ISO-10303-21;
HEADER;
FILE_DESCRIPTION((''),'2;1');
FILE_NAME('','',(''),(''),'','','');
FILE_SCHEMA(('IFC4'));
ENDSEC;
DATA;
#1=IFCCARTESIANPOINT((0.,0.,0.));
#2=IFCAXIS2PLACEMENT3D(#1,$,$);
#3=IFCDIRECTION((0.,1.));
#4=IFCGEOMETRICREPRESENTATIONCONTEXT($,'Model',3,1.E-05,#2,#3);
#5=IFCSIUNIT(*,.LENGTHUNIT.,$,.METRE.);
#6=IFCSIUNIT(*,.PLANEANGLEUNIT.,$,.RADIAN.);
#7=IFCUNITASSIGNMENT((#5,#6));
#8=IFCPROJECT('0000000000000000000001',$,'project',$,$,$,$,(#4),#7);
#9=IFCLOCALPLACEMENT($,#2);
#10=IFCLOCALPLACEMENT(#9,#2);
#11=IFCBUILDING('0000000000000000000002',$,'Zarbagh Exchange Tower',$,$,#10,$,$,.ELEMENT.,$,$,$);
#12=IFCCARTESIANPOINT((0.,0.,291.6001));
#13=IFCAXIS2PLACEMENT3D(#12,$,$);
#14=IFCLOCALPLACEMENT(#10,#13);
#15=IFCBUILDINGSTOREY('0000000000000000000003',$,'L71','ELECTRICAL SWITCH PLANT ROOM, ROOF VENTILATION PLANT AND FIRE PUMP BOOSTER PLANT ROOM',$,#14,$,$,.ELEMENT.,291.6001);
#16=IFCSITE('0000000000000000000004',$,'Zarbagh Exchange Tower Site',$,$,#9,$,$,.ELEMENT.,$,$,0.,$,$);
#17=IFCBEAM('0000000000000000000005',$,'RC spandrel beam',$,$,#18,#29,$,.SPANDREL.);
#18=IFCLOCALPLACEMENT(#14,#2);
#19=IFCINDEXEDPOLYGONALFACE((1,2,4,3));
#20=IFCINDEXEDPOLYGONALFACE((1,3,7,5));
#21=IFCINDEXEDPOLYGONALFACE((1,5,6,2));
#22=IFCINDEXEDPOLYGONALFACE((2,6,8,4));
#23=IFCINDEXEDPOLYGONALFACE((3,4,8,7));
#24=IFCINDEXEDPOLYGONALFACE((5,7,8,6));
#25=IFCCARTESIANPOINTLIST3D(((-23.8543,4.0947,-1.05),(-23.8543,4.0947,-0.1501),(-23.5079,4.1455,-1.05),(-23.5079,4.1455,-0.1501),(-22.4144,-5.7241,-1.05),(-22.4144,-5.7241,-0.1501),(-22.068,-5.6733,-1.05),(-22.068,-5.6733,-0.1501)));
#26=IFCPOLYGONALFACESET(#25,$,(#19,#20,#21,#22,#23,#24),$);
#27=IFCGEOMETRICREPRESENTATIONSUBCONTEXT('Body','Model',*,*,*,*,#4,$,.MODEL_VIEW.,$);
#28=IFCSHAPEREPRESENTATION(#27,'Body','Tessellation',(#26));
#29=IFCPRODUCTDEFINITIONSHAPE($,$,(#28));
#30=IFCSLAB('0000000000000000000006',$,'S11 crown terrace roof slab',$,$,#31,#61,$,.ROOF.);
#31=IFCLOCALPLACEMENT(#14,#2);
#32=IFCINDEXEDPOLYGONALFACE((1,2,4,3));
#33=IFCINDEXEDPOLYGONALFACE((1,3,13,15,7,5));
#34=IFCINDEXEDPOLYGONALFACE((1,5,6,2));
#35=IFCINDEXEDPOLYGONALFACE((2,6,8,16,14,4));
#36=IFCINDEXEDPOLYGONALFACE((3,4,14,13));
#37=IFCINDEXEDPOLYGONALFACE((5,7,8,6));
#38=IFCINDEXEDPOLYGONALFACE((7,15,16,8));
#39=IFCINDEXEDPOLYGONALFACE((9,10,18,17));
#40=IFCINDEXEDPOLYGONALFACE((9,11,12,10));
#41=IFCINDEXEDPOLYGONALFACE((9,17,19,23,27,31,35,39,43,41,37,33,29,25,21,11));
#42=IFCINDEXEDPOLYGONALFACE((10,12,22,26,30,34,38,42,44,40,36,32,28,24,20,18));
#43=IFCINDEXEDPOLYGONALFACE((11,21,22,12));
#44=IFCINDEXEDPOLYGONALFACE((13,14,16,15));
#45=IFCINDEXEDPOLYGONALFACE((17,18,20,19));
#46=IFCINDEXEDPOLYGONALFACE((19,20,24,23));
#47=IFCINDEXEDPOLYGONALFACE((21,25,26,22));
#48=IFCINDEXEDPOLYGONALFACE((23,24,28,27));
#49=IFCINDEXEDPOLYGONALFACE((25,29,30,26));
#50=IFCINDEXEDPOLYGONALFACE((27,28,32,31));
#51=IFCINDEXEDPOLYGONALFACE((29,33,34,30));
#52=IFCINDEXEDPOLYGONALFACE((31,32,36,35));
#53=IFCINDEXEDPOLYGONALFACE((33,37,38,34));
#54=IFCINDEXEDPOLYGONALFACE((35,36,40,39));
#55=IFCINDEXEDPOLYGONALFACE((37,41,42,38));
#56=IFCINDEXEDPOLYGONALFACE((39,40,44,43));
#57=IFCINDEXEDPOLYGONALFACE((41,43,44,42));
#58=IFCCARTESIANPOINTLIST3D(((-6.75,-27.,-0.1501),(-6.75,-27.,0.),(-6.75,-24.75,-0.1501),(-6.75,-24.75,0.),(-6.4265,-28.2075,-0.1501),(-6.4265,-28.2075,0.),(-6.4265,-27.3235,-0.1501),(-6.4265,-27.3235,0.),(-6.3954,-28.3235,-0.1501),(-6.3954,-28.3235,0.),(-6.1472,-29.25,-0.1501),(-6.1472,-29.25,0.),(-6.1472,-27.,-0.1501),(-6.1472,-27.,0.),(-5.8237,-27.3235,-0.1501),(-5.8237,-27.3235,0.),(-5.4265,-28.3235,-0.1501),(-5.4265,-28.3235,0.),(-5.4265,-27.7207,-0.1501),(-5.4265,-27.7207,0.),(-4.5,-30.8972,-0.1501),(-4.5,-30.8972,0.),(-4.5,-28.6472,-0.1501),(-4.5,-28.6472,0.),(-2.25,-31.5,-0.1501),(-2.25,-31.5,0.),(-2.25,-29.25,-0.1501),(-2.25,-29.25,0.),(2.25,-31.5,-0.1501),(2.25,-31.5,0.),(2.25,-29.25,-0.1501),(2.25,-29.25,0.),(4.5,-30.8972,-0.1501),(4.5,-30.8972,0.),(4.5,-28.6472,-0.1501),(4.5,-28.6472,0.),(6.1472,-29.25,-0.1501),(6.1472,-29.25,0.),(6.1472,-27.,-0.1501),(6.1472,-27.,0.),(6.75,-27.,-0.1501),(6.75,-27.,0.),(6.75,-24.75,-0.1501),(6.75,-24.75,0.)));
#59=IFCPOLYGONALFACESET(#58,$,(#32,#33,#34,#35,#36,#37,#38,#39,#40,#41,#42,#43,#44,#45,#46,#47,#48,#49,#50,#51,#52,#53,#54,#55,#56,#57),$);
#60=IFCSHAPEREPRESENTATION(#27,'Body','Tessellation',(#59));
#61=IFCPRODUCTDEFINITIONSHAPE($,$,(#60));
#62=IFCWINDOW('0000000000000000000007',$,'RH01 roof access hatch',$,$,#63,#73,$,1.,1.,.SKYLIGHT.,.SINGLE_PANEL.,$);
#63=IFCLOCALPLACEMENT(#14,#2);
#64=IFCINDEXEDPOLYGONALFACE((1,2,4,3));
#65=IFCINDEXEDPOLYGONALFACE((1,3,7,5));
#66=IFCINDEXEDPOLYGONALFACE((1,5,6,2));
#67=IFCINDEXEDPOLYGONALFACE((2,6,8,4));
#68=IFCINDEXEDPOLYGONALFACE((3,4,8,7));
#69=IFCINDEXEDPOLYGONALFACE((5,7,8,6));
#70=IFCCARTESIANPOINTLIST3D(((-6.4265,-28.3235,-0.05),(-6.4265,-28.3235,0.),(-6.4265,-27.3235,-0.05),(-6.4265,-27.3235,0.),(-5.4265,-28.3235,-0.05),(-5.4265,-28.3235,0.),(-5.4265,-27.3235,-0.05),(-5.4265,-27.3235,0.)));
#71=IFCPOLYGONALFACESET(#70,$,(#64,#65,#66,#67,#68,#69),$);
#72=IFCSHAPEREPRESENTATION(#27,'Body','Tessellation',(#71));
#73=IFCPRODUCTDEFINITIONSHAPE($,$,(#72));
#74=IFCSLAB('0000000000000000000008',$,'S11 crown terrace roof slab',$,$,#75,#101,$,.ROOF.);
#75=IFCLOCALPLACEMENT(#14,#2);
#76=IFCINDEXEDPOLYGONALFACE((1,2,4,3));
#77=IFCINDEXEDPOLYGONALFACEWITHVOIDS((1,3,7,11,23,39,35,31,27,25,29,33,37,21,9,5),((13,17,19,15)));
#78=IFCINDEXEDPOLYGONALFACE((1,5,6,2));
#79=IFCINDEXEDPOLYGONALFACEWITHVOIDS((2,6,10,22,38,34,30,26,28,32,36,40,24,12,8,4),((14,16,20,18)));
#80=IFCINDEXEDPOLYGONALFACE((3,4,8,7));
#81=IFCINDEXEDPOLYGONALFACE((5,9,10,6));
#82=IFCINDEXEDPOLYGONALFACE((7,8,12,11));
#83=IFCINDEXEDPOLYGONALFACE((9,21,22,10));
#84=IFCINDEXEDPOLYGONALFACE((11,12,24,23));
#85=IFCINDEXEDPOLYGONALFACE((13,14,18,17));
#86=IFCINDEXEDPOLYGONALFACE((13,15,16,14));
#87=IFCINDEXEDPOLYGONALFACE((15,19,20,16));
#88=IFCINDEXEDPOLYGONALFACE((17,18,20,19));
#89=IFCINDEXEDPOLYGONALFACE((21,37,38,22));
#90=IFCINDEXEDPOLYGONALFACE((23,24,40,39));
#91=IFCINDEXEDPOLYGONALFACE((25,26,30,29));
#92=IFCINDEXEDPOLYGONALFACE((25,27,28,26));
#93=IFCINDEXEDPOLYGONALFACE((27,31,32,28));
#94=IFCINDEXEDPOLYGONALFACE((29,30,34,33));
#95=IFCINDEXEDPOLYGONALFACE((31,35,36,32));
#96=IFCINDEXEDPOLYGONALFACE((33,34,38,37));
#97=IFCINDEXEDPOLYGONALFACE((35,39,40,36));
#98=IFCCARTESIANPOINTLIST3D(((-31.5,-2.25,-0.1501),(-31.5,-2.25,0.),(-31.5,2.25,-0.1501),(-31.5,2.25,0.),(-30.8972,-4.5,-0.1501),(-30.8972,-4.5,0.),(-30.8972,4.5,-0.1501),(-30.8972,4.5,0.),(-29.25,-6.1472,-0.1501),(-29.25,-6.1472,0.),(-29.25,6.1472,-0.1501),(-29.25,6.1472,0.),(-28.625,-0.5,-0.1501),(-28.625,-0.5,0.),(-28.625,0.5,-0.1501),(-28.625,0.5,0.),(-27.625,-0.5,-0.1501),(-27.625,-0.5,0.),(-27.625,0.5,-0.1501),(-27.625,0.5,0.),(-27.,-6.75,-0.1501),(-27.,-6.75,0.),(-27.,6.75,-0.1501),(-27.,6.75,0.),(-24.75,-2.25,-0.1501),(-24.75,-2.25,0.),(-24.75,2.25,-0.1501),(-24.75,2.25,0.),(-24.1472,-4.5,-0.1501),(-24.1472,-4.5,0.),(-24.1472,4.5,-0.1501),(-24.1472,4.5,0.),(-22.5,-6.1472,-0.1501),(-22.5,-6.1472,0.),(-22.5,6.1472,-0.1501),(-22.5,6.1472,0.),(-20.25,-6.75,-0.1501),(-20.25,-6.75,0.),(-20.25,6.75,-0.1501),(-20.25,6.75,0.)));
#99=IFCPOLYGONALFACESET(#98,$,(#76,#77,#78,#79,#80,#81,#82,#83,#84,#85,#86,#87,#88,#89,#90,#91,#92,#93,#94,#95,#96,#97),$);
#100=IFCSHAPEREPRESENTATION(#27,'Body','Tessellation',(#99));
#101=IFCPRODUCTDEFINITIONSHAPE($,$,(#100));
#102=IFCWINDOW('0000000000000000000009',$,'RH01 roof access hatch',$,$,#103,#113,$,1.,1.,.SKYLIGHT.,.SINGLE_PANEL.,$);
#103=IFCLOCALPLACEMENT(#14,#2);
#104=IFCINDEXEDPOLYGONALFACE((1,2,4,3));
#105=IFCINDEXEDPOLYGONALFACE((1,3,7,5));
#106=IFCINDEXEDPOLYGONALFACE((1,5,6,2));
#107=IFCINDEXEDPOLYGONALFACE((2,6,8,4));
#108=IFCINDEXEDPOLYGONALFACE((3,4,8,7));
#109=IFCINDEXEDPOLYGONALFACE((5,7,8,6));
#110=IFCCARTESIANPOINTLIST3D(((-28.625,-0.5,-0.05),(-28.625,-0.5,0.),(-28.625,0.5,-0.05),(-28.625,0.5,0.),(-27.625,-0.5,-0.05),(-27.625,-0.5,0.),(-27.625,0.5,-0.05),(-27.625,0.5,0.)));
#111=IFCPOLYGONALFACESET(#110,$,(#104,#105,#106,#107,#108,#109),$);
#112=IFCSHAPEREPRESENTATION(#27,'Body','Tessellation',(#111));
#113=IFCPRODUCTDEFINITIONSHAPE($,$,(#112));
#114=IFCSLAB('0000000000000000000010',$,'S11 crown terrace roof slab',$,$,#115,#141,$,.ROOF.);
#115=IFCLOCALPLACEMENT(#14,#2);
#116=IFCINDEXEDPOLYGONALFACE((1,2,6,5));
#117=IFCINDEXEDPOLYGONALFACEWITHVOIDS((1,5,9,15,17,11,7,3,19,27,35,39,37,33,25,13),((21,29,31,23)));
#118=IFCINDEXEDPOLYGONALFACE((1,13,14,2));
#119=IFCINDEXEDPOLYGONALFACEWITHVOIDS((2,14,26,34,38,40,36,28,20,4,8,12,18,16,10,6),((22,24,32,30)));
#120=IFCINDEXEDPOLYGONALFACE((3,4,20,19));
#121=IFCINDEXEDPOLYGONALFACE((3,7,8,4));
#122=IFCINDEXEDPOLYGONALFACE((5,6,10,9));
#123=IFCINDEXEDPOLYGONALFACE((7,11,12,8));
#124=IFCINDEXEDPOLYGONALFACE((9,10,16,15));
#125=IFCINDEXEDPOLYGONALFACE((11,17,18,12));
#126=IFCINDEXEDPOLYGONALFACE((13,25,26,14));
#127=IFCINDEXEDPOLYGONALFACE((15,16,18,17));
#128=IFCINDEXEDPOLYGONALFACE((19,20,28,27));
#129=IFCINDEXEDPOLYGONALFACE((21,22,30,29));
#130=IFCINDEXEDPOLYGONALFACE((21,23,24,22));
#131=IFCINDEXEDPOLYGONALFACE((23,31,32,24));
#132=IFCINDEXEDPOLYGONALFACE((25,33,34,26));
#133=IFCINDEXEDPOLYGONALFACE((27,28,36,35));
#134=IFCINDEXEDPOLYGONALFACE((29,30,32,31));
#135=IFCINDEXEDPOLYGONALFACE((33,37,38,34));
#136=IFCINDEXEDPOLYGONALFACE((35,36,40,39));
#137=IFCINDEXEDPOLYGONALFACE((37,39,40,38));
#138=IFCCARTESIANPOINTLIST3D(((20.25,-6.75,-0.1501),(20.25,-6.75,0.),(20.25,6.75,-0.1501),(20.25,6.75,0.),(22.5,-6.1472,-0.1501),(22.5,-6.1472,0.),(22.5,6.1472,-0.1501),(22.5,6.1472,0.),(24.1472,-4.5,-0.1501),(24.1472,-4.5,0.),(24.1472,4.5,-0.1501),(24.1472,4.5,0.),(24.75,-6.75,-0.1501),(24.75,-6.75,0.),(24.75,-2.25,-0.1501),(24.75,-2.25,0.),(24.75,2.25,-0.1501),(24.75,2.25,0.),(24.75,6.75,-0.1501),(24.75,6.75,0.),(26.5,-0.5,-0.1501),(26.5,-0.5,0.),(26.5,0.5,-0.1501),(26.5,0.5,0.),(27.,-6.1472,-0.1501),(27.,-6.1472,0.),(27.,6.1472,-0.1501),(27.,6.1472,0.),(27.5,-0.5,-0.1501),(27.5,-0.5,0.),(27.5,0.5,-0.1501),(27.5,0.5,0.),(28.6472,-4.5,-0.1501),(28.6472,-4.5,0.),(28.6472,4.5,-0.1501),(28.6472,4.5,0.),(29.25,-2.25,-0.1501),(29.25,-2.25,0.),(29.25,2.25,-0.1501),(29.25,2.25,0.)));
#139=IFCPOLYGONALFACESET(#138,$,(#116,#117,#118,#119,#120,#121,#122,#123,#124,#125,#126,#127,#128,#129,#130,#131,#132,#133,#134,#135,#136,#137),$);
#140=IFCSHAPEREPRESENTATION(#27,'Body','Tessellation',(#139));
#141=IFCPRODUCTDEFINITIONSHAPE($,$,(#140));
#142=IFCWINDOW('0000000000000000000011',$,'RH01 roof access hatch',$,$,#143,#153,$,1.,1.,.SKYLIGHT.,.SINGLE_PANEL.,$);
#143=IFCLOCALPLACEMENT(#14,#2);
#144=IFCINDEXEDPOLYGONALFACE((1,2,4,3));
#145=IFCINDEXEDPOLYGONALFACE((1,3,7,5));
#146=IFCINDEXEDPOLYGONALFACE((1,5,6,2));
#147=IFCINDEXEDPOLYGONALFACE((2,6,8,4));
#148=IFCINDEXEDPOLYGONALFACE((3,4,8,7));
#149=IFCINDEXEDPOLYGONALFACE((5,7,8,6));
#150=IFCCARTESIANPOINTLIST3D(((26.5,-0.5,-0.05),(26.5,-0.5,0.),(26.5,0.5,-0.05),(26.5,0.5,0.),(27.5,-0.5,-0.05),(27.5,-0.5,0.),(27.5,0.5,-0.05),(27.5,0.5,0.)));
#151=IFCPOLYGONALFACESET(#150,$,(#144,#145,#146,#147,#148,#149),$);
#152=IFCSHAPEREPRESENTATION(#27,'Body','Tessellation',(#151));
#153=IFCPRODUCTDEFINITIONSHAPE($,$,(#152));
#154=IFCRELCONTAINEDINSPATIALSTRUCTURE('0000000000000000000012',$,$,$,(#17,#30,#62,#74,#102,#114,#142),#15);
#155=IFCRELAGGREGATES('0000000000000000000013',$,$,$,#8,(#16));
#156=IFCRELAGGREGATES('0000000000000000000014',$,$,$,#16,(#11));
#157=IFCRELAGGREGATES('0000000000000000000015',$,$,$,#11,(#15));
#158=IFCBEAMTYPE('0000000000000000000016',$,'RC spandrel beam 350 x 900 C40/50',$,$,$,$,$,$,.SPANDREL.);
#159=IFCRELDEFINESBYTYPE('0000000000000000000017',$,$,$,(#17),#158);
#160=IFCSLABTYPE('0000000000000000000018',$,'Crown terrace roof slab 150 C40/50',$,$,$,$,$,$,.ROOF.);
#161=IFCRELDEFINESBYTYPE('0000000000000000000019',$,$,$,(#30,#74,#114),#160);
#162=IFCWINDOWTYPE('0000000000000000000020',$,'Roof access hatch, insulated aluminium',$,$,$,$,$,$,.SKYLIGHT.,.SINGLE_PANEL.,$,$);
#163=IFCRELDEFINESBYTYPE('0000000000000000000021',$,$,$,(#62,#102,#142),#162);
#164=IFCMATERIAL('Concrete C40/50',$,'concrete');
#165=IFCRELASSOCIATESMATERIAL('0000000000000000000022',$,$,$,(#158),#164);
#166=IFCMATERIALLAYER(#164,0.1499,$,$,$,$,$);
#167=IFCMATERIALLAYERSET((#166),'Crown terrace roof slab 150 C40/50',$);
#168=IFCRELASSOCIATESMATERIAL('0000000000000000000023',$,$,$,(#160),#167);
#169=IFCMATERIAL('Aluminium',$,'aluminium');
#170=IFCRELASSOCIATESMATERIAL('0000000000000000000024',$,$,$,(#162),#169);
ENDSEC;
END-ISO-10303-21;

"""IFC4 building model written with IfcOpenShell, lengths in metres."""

from ifc_helpers import new_model, si_unit, direction, frame, origin, origin_2d, place, context, subcontext, project, spatial, polyline, rectangle, outline, extrude, material, layer, layer_set, material_profile, profile_set, type_object, element, fill, save


model = new_model("IFC4")

# Units and contexts
model_context = context("Model", 3, precision=1e-05, world=origin(), true_north=direction((0.0, 1.0)))
body_context = subcontext(model_context, "Body", "Model", "MODEL_VIEW")
ifc_project = project(units=[si_unit("LENGTHUNIT", "METRE"), si_unit("PLANEANGLEUNIT", "RADIAN")], contexts=[model_context])

# Site, building, storey
site_placement = place(None, origin())
site = spatial("IfcSite", under=ifc_project, at=site_placement, Name="Zarbagh Exchange Tower Site", CompositionType="ELEMENT", RefElevation=0.0)
building_placement = place(site_placement, origin())
building = spatial("IfcBuilding", under=site, at=building_placement, Name="Zarbagh Exchange Tower", CompositionType="ELEMENT")
storey_placement = place(building_placement, frame((0.0, 0.0, 291.6001)))
storey = spatial("IfcBuildingStorey", under=building, at=storey_placement, Name="L71", Description="ELECTRICAL SWITCH PLANT ROOM, ROOF VENTILATION PLANT AND FIRE PUMP BOOSTER PLANT ROOM", CompositionType="ELEMENT", Elevation=291.6001)

# Beam
ifc_material_1 = material(Name="Concrete C40/50", Category="concrete")
ifc_material_profile = material_profile(ifc_material_1, rectangle(XDim=0.3501, YDim=0.8999, at=origin_2d()), Name="RC spandrel beam 350 x 900 C40/50")
ifc_profile_set = profile_set([ifc_material_profile], Name="Concrete C40/50")
beam_type = type_object("IfcBeamType", Name="RC spandrel beam 350 x 900 C40/50", PredefinedType="SPANDREL", material=ifc_profile_set)
beam_placement = place(storey_placement, frame((-22.2412, -5.6987, -0.6001), z_axis=(-0.145099, 0.989417, 0.0), x_axis=(-0.989417, -0.145099, 0.0)))
element("IfcBeam", 1, at=beam_placement, inside=storey, type_object=beam_type, Name="RC spandrel beam", PredefinedType="SPANDREL", context=body_context, shape_type="SweptSolid", body=[
    extrude(rectangle(XDim=0.3501, YDim=0.8999, at=origin_2d()), origin(), (0.0, 0.0, 1.0), 9.9238),
])

# Slabs, openings, windows
ifc_layer_1 = layer(ifc_material_1, 0.1499)
ifc_layer_set_1 = layer_set([ifc_layer_1], Name="Crown terrace roof slab 150 C40/50")
slab_type_1 = type_object("IfcSlabType", Name="Crown terrace roof slab 150 C40/50", PredefinedType="ROOF", material=ifc_layer_set_1)
slab_1_placement = place(storey_placement, frame((0.0, 0.0, -0.1501)))
slab_1 = element("IfcSlab", 2, at=slab_1_placement, inside=storey, type_object=slab_type_1, Name="S11 crown terrace roof slab", PredefinedType="ROOF", context=body_context, shape_type="SweptSolid", body=[
    extrude(outline(polyline([(-2.25, -31.5), (-4.5, -30.8972), (-6.1472, -29.25), (-6.75, -27.0), (-6.75, -24.75), (-6.1472, -27.0), (-4.5, -28.6472), (-2.25, -29.25), (2.25, -29.25), (4.5, -28.6472), (6.1472, -27.0), (6.75, -24.75), (6.75, -27.0), (6.1472, -29.25), (4.5, -30.8972), (2.25, -31.5), (-2.25, -31.5)])), origin(), (0.0, 0.0, 1.0), 0.1501),
])
opening_1_placement = place(slab_1_placement, frame((-5.9265, -27.8235, 0.0)))
opening_1 = element("IfcOpeningElement", 3, at=opening_1_placement, cuts=slab_1, PredefinedType="OPENING", context=body_context, shape_type="SweptSolid", body=[
    extrude(rectangle(XDim=1.0, YDim=1.0, at=origin_2d()), frame((0.0, 0.0, -0.01)), (0.0, 0.0, 1.0), 0.1702),
])
ifc_material_2 = material(Name="Aluminium", Category="aluminium")
window_type = type_object("IfcWindowType", Name="Roof access hatch, insulated aluminium", PartitioningType="SINGLE_PANEL", PredefinedType="SKYLIGHT", material=ifc_material_2)
window_1_placement = place(opening_1_placement, frame((0.0, 0.0, 0.1001)))
window_1 = element("IfcWindow", 4, at=window_1_placement, inside=storey, type_object=window_type, Name="RH01 roof access hatch", OverallHeight=1.0, OverallWidth=1.0, PartitioningType="SINGLE_PANEL", PredefinedType="SKYLIGHT", context=body_context, shape_type="SweptSolid", body=[
    extrude(rectangle(XDim=1.0, YDim=1.0, at=origin_2d()), origin(), (0.0, 0.0, 1.0), 0.05),
])
fill(opening_1, window_1)
slab_2_placement = place(storey_placement, frame((0.0, 0.0, -0.1501)))
slab_2 = element("IfcSlab", 5, at=slab_2_placement, inside=storey, type_object=slab_type_1, Name="S11 crown terrace roof slab", PredefinedType="ROOF", context=body_context, shape_type="SweptSolid", body=[
    extrude(outline(polyline([(-27.0, -6.75), (-29.25, -6.1472), (-30.8972, -4.5), (-31.5, -2.25), (-31.5, 2.25), (-30.8972, 4.5), (-29.25, 6.1472), (-27.0, 6.75), (-20.25, 6.75), (-22.5, 6.1472), (-24.1472, 4.5), (-24.75, 2.25), (-24.75, -2.25), (-24.1472, -4.5), (-22.5, -6.1472), (-20.25, -6.75), (-27.0, -6.75)])), origin(), (0.0, 0.0, 1.0), 0.1501),
])
opening_2_placement = place(slab_2_placement, frame((-28.125, 0.0, 0.0)))
opening_2 = element("IfcOpeningElement", 6, at=opening_2_placement, cuts=slab_2, PredefinedType="OPENING", context=body_context, shape_type="SweptSolid", body=[
    extrude(rectangle(XDim=1.0, YDim=1.0, at=origin_2d()), frame((0.0, 0.0, -0.01)), (0.0, 0.0, 1.0), 0.1702),
])
window_2_placement = place(opening_2_placement, frame((0.0, 0.0, 0.1001)))
window_2 = element("IfcWindow", 7, at=window_2_placement, inside=storey, type_object=window_type, Name="RH01 roof access hatch", OverallHeight=1.0, OverallWidth=1.0, PartitioningType="SINGLE_PANEL", PredefinedType="SKYLIGHT", context=body_context, shape_type="SweptSolid", body=[
    extrude(rectangle(XDim=1.0, YDim=1.0, at=origin_2d()), origin(), (0.0, 0.0, 1.0), 0.05),
])
fill(opening_2, window_2)
slab_3_placement = place(storey_placement, frame((0.0, 0.0, -0.1501)))
slab_3 = element("IfcSlab", 8, at=slab_3_placement, inside=storey, type_object=slab_type_1, Name="S11 crown terrace roof slab", PredefinedType="ROOF", context=body_context, shape_type="SweptSolid", body=[
    extrude(outline(polyline([(24.75, 6.75), (27.0, 6.1472), (28.6472, 4.5), (29.25, 2.25), (29.25, -2.25), (28.6472, -4.5), (27.0, -6.1472), (24.75, -6.75), (20.25, -6.75), (22.5, -6.1472), (24.1472, -4.5), (24.75, -2.25), (24.75, 2.25), (24.1472, 4.5), (22.5, 6.1472), (20.25, 6.75), (24.75, 6.75)])), origin(), (0.0, 0.0, 1.0), 0.1501),
])
opening_3_placement = place(slab_3_placement, frame((27.0, 0.0, 0.0)))
opening_3 = element("IfcOpeningElement", 9, at=opening_3_placement, cuts=slab_3, PredefinedType="OPENING", context=body_context, shape_type="SweptSolid", body=[
    extrude(rectangle(XDim=1.0, YDim=1.0, at=origin_2d()), frame((0.0, 0.0, -0.01)), (0.0, 0.0, 1.0), 0.1702),
])
window_3_placement = place(opening_3_placement, frame((0.0, 0.0, 0.1001)))
window_3 = element("IfcWindow", 10, at=window_3_placement, inside=storey, type_object=window_type, Name="RH01 roof access hatch", OverallHeight=1.0, OverallWidth=1.0, PartitioningType="SINGLE_PANEL", PredefinedType="SKYLIGHT", context=body_context, shape_type="SweptSolid", body=[
    extrude(rectangle(XDim=1.0, YDim=1.0, at=origin_2d()), origin(), (0.0, 0.0, 1.0), 0.05),
])
fill(opening_3, window_3)

save(model, "model.ifc")
